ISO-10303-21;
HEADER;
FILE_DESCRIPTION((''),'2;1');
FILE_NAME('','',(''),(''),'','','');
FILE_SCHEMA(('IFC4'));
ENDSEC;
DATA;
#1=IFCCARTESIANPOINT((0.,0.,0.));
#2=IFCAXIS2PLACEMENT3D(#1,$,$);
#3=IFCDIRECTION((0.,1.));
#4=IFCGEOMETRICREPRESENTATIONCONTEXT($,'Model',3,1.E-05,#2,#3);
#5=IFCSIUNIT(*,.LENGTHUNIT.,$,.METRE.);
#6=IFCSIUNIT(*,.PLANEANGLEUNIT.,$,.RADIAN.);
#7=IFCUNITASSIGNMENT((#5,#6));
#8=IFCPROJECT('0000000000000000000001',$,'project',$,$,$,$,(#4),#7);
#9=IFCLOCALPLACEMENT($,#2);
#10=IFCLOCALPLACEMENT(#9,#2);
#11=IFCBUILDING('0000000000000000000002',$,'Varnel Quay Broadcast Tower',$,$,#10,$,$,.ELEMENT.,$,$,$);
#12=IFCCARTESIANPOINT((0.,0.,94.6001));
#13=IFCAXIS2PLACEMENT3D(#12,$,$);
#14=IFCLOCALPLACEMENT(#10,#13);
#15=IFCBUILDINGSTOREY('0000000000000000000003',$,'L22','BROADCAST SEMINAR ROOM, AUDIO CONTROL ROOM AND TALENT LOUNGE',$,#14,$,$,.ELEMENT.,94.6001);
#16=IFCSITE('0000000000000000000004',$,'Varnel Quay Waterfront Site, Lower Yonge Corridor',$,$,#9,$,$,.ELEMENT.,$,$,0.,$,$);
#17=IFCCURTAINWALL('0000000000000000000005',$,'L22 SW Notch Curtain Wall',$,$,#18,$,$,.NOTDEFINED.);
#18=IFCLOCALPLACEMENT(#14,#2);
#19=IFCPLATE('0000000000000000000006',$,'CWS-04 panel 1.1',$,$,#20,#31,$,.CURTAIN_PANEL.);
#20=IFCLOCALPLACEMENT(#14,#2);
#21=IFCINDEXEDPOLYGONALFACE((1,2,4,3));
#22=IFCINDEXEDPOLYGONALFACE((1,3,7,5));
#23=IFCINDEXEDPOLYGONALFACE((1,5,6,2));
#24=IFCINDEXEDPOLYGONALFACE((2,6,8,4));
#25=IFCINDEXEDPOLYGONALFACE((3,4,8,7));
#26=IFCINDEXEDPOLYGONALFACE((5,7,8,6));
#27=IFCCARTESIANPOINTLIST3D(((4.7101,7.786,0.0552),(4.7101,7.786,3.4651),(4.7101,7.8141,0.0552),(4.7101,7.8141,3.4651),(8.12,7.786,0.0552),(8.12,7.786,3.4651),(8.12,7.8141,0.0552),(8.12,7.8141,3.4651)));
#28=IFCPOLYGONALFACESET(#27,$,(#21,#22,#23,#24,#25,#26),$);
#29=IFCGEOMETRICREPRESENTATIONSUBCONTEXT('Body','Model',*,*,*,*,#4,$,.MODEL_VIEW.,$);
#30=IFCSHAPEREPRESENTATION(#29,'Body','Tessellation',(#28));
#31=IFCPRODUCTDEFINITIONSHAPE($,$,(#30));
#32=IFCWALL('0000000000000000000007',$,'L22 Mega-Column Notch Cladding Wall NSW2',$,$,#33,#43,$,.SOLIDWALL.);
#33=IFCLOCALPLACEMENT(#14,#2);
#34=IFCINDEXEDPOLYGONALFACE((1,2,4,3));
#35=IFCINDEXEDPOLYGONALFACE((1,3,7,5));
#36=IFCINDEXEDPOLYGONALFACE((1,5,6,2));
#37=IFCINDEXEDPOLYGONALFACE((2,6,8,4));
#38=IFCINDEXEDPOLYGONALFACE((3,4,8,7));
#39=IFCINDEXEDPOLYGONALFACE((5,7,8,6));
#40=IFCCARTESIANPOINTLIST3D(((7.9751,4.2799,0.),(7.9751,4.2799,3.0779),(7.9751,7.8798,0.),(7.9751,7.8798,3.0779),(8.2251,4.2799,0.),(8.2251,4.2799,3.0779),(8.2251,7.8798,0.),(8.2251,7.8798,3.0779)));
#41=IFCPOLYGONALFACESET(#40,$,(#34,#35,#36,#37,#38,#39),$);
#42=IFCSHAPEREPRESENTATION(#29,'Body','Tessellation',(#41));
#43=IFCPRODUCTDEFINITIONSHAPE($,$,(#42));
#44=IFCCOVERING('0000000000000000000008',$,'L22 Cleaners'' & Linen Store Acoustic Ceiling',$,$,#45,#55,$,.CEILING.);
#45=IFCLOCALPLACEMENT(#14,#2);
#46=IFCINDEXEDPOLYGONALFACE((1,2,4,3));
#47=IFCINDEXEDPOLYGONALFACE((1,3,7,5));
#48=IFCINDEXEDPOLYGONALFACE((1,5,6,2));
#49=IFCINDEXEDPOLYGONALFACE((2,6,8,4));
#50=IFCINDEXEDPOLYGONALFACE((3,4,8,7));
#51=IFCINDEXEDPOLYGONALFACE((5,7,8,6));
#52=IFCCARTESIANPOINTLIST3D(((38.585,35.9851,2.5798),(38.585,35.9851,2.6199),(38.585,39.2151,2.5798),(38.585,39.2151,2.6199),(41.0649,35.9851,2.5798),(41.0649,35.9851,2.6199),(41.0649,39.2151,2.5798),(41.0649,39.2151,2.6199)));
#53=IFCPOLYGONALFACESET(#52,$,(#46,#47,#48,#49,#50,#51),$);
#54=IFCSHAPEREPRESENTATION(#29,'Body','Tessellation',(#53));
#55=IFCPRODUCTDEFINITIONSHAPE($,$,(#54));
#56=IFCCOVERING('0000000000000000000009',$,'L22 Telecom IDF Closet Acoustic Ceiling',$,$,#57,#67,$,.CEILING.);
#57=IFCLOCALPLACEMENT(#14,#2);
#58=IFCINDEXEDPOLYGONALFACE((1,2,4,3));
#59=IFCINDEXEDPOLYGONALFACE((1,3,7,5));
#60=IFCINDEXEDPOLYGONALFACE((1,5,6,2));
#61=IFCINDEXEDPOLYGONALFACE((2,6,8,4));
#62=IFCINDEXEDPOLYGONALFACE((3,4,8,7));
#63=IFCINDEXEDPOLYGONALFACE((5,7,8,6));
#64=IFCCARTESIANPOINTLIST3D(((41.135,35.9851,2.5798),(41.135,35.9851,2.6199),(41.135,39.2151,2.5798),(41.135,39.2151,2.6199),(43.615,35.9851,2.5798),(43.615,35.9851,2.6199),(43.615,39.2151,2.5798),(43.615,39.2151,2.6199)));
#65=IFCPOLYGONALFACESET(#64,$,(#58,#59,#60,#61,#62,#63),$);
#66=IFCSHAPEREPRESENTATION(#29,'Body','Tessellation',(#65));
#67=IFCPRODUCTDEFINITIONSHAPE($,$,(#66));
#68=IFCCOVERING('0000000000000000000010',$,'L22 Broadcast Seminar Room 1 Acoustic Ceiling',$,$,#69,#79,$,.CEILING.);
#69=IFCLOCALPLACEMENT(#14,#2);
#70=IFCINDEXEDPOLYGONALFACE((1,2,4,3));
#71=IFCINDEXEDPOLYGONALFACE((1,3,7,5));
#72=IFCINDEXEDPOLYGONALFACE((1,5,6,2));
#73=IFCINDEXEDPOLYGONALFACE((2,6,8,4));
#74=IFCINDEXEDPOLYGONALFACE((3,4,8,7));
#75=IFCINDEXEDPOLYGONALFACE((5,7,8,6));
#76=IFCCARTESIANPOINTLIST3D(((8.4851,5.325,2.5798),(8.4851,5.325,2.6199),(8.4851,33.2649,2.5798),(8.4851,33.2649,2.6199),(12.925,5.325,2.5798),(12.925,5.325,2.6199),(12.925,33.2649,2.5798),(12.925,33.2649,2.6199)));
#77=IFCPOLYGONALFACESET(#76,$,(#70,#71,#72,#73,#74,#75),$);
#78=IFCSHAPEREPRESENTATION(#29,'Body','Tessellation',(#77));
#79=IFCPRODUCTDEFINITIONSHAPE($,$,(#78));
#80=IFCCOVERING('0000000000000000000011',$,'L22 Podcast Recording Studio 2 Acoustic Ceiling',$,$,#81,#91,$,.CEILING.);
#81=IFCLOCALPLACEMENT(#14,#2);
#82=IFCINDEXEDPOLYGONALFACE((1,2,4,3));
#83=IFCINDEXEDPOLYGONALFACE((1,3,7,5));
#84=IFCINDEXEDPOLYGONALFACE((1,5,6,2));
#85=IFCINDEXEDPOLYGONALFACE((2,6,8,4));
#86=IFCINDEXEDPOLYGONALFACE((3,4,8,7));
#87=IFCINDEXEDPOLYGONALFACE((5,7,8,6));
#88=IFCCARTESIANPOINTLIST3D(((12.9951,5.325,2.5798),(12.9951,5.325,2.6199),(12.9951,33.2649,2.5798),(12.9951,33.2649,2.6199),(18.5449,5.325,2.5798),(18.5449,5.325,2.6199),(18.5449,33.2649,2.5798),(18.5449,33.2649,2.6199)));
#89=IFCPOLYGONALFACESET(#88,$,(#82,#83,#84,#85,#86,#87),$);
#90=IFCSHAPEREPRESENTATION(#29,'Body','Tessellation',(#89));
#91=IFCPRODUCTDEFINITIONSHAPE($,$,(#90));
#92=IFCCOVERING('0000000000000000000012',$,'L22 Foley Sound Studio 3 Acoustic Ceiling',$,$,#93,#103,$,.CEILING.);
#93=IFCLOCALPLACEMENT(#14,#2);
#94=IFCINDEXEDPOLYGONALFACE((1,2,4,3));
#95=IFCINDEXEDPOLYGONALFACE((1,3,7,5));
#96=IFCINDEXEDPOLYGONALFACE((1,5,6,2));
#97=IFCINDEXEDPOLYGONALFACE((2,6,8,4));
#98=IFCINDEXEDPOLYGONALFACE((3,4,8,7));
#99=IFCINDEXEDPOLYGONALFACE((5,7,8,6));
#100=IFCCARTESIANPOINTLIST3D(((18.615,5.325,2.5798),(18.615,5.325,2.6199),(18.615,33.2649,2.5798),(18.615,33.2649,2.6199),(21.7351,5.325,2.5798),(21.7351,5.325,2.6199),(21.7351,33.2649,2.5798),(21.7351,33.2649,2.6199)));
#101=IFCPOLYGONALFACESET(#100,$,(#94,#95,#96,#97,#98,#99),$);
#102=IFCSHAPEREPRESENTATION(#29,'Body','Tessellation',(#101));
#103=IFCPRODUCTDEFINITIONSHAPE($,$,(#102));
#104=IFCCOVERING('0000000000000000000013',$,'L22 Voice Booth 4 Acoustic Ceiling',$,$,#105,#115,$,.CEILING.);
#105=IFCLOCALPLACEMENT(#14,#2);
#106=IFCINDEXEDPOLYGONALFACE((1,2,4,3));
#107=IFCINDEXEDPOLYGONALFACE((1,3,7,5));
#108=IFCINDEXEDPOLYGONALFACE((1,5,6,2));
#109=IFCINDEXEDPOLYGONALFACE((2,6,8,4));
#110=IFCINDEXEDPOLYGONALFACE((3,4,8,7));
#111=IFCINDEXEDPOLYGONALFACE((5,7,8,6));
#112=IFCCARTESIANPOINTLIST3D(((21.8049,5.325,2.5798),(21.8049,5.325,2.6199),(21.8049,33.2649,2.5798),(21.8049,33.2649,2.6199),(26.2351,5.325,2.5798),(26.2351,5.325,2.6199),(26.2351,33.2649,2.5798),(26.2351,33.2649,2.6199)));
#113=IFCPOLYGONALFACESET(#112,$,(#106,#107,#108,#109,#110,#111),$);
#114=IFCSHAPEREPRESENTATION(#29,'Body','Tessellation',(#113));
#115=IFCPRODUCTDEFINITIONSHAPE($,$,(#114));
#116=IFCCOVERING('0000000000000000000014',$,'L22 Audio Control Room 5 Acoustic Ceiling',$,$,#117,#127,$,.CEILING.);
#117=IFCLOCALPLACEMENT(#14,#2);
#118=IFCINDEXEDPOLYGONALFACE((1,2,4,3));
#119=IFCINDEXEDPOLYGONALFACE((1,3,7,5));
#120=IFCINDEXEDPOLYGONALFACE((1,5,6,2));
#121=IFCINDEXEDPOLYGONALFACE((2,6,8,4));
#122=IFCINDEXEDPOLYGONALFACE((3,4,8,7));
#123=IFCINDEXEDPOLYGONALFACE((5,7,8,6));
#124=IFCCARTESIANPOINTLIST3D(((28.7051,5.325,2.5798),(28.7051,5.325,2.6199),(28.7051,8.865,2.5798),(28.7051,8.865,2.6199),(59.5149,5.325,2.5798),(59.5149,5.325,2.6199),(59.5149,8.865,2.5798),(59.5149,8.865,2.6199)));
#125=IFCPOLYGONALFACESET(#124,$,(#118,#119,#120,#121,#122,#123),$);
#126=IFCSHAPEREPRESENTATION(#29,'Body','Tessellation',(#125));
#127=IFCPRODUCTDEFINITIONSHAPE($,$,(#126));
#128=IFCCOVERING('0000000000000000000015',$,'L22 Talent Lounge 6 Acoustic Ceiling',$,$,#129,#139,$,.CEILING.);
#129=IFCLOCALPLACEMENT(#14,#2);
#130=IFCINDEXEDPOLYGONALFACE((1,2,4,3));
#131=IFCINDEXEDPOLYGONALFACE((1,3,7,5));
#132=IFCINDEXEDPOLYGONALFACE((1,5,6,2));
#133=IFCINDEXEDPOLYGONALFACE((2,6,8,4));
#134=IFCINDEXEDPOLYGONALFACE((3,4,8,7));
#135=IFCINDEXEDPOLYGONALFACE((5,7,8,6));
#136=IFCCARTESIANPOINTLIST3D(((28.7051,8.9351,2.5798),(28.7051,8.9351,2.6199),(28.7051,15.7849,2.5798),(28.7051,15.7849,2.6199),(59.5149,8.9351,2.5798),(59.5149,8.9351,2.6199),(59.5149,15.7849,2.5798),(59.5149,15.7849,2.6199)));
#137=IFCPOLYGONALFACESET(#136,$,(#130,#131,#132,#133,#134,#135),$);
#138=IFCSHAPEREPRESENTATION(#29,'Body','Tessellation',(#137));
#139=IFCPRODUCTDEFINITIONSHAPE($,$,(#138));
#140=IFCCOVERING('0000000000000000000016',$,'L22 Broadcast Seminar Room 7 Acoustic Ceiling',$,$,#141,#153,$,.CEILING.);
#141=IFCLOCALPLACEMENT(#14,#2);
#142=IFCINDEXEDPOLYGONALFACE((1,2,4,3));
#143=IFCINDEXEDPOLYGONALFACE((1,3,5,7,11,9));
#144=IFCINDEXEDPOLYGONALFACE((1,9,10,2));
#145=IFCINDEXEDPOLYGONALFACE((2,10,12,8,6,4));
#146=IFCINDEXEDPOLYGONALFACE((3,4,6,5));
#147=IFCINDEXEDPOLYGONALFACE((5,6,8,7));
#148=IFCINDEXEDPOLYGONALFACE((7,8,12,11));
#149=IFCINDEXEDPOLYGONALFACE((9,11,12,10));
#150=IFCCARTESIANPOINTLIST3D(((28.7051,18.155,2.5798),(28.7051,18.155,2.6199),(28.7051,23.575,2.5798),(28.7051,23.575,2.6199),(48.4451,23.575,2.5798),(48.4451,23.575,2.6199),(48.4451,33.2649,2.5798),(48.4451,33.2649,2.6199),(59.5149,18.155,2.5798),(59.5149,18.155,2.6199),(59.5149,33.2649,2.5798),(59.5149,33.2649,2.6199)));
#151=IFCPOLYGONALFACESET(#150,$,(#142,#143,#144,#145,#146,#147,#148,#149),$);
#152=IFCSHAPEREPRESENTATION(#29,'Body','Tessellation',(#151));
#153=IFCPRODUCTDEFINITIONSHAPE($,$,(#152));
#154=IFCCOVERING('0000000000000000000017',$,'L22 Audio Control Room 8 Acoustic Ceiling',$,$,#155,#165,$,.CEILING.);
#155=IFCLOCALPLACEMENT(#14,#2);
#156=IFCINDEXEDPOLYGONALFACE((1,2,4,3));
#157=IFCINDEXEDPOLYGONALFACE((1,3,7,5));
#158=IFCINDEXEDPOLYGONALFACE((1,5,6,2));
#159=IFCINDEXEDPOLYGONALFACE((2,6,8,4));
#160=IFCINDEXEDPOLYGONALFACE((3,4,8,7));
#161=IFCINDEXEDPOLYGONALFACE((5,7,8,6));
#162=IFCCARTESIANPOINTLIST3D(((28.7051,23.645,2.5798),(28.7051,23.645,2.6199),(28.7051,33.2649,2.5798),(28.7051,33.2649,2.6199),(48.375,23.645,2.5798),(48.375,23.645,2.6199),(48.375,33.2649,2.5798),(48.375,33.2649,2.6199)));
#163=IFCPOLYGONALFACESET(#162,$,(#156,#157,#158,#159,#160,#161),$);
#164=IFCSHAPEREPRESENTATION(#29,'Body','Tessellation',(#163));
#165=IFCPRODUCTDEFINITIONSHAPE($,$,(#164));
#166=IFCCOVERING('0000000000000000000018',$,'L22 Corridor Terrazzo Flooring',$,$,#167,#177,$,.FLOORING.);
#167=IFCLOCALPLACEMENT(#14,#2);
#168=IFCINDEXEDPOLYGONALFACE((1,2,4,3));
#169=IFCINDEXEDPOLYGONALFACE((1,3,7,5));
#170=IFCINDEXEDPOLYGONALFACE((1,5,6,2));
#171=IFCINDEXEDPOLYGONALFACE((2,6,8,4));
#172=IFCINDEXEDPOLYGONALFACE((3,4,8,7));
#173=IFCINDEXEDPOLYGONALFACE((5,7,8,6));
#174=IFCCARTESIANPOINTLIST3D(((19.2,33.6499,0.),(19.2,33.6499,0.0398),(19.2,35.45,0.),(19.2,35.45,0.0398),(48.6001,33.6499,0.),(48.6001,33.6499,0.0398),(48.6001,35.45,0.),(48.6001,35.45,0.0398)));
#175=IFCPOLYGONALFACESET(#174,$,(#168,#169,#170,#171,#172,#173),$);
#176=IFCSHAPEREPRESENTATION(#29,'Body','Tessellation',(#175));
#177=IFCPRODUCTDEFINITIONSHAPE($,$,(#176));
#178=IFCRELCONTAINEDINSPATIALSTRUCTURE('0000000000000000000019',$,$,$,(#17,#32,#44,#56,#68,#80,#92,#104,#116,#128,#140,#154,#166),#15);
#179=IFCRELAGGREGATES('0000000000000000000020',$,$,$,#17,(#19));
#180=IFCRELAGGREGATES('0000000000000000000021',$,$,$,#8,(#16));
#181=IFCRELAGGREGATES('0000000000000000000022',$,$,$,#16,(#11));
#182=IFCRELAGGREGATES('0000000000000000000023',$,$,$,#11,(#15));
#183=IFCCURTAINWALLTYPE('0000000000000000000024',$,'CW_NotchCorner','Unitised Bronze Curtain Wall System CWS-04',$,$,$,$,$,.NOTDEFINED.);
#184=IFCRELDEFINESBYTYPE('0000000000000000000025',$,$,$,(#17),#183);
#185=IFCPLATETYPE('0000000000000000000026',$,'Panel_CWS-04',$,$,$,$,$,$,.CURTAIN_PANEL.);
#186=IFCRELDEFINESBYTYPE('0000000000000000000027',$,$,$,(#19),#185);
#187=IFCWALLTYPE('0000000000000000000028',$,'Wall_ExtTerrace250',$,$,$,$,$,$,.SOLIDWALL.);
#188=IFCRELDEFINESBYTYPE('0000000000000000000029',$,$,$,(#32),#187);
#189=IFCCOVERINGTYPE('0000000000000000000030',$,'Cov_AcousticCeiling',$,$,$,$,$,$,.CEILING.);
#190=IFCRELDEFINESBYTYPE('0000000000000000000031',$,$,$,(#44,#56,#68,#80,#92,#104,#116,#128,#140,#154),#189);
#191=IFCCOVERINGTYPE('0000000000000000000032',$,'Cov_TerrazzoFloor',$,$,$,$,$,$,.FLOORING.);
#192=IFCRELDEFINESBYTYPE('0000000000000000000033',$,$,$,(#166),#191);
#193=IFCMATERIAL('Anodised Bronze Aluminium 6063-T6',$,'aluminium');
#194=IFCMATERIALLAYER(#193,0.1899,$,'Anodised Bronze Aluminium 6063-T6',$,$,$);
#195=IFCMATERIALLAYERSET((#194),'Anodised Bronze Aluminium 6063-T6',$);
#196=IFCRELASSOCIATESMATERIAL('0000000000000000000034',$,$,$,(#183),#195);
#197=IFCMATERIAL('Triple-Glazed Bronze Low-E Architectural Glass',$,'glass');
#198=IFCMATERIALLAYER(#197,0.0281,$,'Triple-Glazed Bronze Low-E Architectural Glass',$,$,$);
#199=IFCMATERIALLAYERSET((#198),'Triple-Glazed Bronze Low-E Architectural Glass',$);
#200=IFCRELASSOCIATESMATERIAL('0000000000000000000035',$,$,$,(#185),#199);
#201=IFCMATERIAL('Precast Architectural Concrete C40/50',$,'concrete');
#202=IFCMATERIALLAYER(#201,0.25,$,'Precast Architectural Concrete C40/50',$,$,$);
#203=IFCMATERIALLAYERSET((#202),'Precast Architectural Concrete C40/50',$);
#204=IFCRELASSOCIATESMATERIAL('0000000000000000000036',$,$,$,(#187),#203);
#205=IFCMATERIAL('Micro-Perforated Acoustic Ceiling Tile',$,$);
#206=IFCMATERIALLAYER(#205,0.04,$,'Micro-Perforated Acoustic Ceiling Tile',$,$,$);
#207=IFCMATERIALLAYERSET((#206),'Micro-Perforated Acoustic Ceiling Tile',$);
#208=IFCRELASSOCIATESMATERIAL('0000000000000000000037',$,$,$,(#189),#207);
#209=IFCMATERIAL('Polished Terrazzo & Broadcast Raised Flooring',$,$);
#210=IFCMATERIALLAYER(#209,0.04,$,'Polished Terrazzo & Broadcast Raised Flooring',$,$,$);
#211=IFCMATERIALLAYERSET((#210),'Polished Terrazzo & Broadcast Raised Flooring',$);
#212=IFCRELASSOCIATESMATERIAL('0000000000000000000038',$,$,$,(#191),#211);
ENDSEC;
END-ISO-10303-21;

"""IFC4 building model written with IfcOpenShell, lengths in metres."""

from ifc_helpers import new_model, si_unit, direction, frame, frame_2d, origin, origin_2d, place, context, subcontext, project, spatial, polyline, rectangle, outline, extrude, source, transform, mapped, material, layer, layer_set, type_object, type_shapes, element, aggregate, save


model = new_model("IFC4")

# Units and contexts
model_context = context("Model", 3, precision=1e-05, world=origin(), true_north=direction((0.0, 1.0)))
body_context = subcontext(model_context, "Body", "Model", "MODEL_VIEW")
ifc_project = project(units=[si_unit("LENGTHUNIT", "METRE"), si_unit("PLANEANGLEUNIT", "RADIAN")], contexts=[model_context])

# Site, building, storey
site_placement = place(None, origin())
site = spatial("IfcSite", under=ifc_project, at=site_placement, Name="Varnel Quay Waterfront Site, Lower Yonge Corridor", CompositionType="ELEMENT", RefElevation=0.0)
building_placement = place(site_placement, origin())
building = spatial("IfcBuilding", under=site, at=building_placement, Name="Varnel Quay Broadcast Tower", CompositionType="ELEMENT")
storey_placement = place(building_placement, frame((0.0, 0.0, 94.6001)))
storey = spatial("IfcBuildingStorey", under=building, at=storey_placement, Name="L22", Description="BROADCAST SEMINAR ROOM, AUDIO CONTROL ROOM AND TALENT LOUNGE", CompositionType="ELEMENT", Elevation=94.6001)

# Curtain wall
ifc_material_1 = material(Name="Anodised Bronze Aluminium 6063-T6", Category="aluminium")
ifc_layer_1 = layer(ifc_material_1, 0.1899, Name="Anodised Bronze Aluminium 6063-T6")
ifc_layer_set_1 = layer_set([ifc_layer_1], Name="Anodised Bronze Aluminium 6063-T6")
curtain_wall_type_1 = type_object("IfcCurtainWallType", Name="CW_NotchCorner", Description="Unitised Bronze Curtain Wall System CWS-04", PredefinedType="NOTDEFINED", material=ifc_layer_set_1)
curtain_wall_1_placement = place(storey_placement, origin())
curtain_wall_1 = element("IfcCurtainWall", 1, at=curtain_wall_1_placement, inside=storey, type_object=curtain_wall_type_1, Name="L22 SW Notch Curtain Wall", PredefinedType="NOTDEFINED")

# Plate
ifc_material_2 = material(Name="Triple-Glazed Bronze Low-E Architectural Glass", Category="glass")
ifc_layer_2 = layer(ifc_material_2, 0.0281, Name="Triple-Glazed Bronze Low-E Architectural Glass")
ifc_layer_set_2 = layer_set([ifc_layer_2], Name="Triple-Glazed Bronze Low-E Architectural Glass")
plate_type_1 = type_object("IfcPlateType", Name="Panel_CWS-04", PredefinedType="CURTAIN_PANEL", material=ifc_layer_set_2)
shared_shape_1 = source(origin(), body_context, "Body", "SweptSolid", [
    extrude(rectangle(XDim=3.4099, YDim=0.0281, at=origin_2d()), origin(), (0.0, 0.0, 1.0), 3.4099),
])
type_shapes(plate_type_1, [shared_shape_1])
plate_1_placement = place(storey_placement, frame((6.415, 7.8, 0.0552), z_axis=(0.0, 0.0, 1.0), x_axis=(1.0, 0.0, 0.0)))
plate_1 = element("IfcPlate", 2, at=plate_1_placement, type_object=plate_type_1, Name="CWS-04 panel 1.1", PredefinedType="CURTAIN_PANEL", context=body_context, shape_type="MappedRepresentation", body=[
    mapped(shared_shape_1, transform((0.0, 0.0, 0.0), x_axis=(1.0, 0.0, 0.0), y_axis=(0.0, 1.0, 0.0), z_axis=(0.0, 0.0, 1.0), scale=1.0)),
])
aggregate(curtain_wall_1, [plate_1])

# Wall
ifc_material_3 = material(Name="Precast Architectural Concrete C40/50", Category="concrete")
ifc_layer_3 = layer(ifc_material_3, 0.25, Name="Precast Architectural Concrete C40/50")
ifc_layer_set_3 = layer_set([ifc_layer_3], Name="Precast Architectural Concrete C40/50")
wall_type = type_object("IfcWallType", Name="Wall_ExtTerrace250", PredefinedType="SOLIDWALL", material=ifc_layer_set_3)
wall_placement = place(storey_placement, frame((8.1001, 4.28, 0.0), z_axis=(0.0, 0.0, 1.0), x_axis=(0.0, 1.0, 0.0)))
element("IfcWall", 3, at=wall_placement, inside=storey, type_object=wall_type, Name="L22 Mega-Column Notch Cladding Wall NSW2", PredefinedType="SOLIDWALL", context=body_context, shape_type="SweptSolid", body=[
    extrude(rectangle(XDim=3.5999, YDim=0.25, at=frame_2d((1.7998, 0.0))), origin(), (0.0, 0.0, 1.0), 3.0779),
])

# Coverings
ifc_material_4 = material(Name="Micro-Perforated Acoustic Ceiling Tile")
ifc_layer_4 = layer(ifc_material_4, 0.04, Name="Micro-Perforated Acoustic Ceiling Tile")
ifc_layer_set_4 = layer_set([ifc_layer_4], Name="Micro-Perforated Acoustic Ceiling Tile")
covering_type_1 = type_object("IfcCoveringType", Name="Cov_AcousticCeiling", PredefinedType="CEILING", material=ifc_layer_set_4)
covering_1_placement = place(storey_placement, frame((0.0, 0.0, 2.5798)))
element("IfcCovering", 4, at=covering_1_placement, inside=storey, type_object=covering_type_1, Name="L22 Cleaners' & Linen Store Acoustic Ceiling", PredefinedType="CEILING", context=body_context, shape_type="SweptSolid", body=[
    extrude(outline(polyline([(38.585, 35.9851), (41.0649, 35.9851), (41.0649, 39.2151), (38.585, 39.2151), (38.585, 35.9851)])), origin(), (0.0, 0.0, 1.0), 0.04),
])
covering_2_placement = place(storey_placement, frame((0.0, 0.0, 2.5798)))
element("IfcCovering", 5, at=covering_2_placement, inside=storey, type_object=covering_type_1, Name="L22 Telecom IDF Closet Acoustic Ceiling", PredefinedType="CEILING", context=body_context, shape_type="SweptSolid", body=[
    extrude(outline(polyline([(41.135, 35.9851), (43.615, 35.9851), (43.615, 39.2151), (41.135, 39.2151), (41.135, 35.9851)])), origin(), (0.0, 0.0, 1.0), 0.04),
])
covering_3_placement = place(storey_placement, frame((0.0, 0.0, 2.5798)))
element("IfcCovering", 6, at=covering_3_placement, inside=storey, type_object=covering_type_1, Name="L22 Broadcast Seminar Room 1 Acoustic Ceiling", PredefinedType="CEILING", context=body_context, shape_type="SweptSolid", body=[
    extrude(outline(polyline([(8.4851, 5.325), (12.925, 5.325), (12.925, 33.2649), (8.4851, 33.2649), (8.4851, 5.325)])), origin(), (0.0, 0.0, 1.0), 0.04),
])
covering_4_placement = place(storey_placement, frame((0.0, 0.0, 2.5798)))
element("IfcCovering", 7, at=covering_4_placement, inside=storey, type_object=covering_type_1, Name="L22 Podcast Recording Studio 2 Acoustic Ceiling", PredefinedType="CEILING", context=body_context, shape_type="SweptSolid", body=[
    extrude(outline(polyline([(12.9951, 5.325), (18.5449, 5.325), (18.5449, 33.2649), (12.9951, 33.2649), (12.9951, 5.325)])), origin(), (0.0, 0.0, 1.0), 0.04),
])
covering_5_placement = place(storey_placement, frame((0.0, 0.0, 2.5798)))
element("IfcCovering", 8, at=covering_5_placement, inside=storey, type_object=covering_type_1, Name="L22 Foley Sound Studio 3 Acoustic Ceiling", PredefinedType="CEILING", context=body_context, shape_type="SweptSolid", body=[
    extrude(outline(polyline([(18.615, 5.325), (21.7351, 5.325), (21.7351, 33.2649), (18.615, 33.2649), (18.615, 5.325)])), origin(), (0.0, 0.0, 1.0), 0.04),
])
covering_6_placement = place(storey_placement, frame((0.0, 0.0, 2.5798)))
element("IfcCovering", 9, at=covering_6_placement, inside=storey, type_object=covering_type_1, Name="L22 Voice Booth 4 Acoustic Ceiling", PredefinedType="CEILING", context=body_context, shape_type="SweptSolid", body=[
    extrude(outline(polyline([(21.8049, 5.325), (26.2351, 5.325), (26.2351, 33.2649), (21.8049, 33.2649), (21.8049, 5.325)])), origin(), (0.0, 0.0, 1.0), 0.04),
])
covering_7_placement = place(storey_placement, frame((0.0, 0.0, 2.5798)))
element("IfcCovering", 10, at=covering_7_placement, inside=storey, type_object=covering_type_1, Name="L22 Audio Control Room 5 Acoustic Ceiling", PredefinedType="CEILING", context=body_context, shape_type="SweptSolid", body=[
    extrude(outline(polyline([(28.7051, 5.325), (59.5149, 5.325), (59.5149, 8.865), (28.7051, 8.865), (28.7051, 5.325)])), origin(), (0.0, 0.0, 1.0), 0.04),
])
covering_8_placement = place(storey_placement, frame((0.0, 0.0, 2.5798)))
element("IfcCovering", 11, at=covering_8_placement, inside=storey, type_object=covering_type_1, Name="L22 Talent Lounge 6 Acoustic Ceiling", PredefinedType="CEILING", context=body_context, shape_type="SweptSolid", body=[
    extrude(outline(polyline([(28.7051, 8.9351), (59.5149, 8.9351), (59.5149, 15.7849), (28.7051, 15.7849), (28.7051, 8.9351)])), origin(), (0.0, 0.0, 1.0), 0.04),
])
covering_9_placement = place(storey_placement, frame((0.0, 0.0, 2.5798)))
element("IfcCovering", 12, at=covering_9_placement, inside=storey, type_object=covering_type_1, Name="L22 Broadcast Seminar Room 7 Acoustic Ceiling", PredefinedType="CEILING", context=body_context, shape_type="SweptSolid", body=[
    extrude(outline(polyline([(28.7051, 18.155), (59.5149, 18.155), (59.5149, 33.2649), (48.4451, 33.2649), (48.4451, 23.575), (28.7051, 23.575), (28.7051, 18.155)])), origin(), (0.0, 0.0, 1.0), 0.04),
])
covering_10_placement = place(storey_placement, frame((0.0, 0.0, 2.5798)))
element("IfcCovering", 13, at=covering_10_placement, inside=storey, type_object=covering_type_1, Name="L22 Audio Control Room 8 Acoustic Ceiling", PredefinedType="CEILING", context=body_context, shape_type="SweptSolid", body=[
    extrude(outline(polyline([(28.7051, 23.645), (48.375, 23.645), (48.375, 33.2649), (28.7051, 33.2649), (28.7051, 23.645)])), origin(), (0.0, 0.0, 1.0), 0.04),
])
ifc_material_5 = material(Name="Polished Terrazzo & Broadcast Raised Flooring")
ifc_layer_5 = layer(ifc_material_5, 0.04, Name="Polished Terrazzo & Broadcast Raised Flooring")
ifc_layer_set_5 = layer_set([ifc_layer_5], Name="Polished Terrazzo & Broadcast Raised Flooring")
covering_type_2 = type_object("IfcCoveringType", Name="Cov_TerrazzoFloor", PredefinedType="FLOORING", material=ifc_layer_set_5)
covering_11_placement = place(storey_placement, origin())
element("IfcCovering", 14, at=covering_11_placement, inside=storey, type_object=covering_type_2, Name="L22 Corridor Terrazzo Flooring", PredefinedType="FLOORING", context=body_context, shape_type="SweptSolid", body=[
    extrude(outline(polyline([(19.2, 33.6499), (48.6001, 33.6499), (48.6001, 35.45), (19.2, 35.45), (19.2, 33.6499)])), origin(), (0.0, 0.0, 1.0), 0.0398),
])

save(model, "model.ifc")
